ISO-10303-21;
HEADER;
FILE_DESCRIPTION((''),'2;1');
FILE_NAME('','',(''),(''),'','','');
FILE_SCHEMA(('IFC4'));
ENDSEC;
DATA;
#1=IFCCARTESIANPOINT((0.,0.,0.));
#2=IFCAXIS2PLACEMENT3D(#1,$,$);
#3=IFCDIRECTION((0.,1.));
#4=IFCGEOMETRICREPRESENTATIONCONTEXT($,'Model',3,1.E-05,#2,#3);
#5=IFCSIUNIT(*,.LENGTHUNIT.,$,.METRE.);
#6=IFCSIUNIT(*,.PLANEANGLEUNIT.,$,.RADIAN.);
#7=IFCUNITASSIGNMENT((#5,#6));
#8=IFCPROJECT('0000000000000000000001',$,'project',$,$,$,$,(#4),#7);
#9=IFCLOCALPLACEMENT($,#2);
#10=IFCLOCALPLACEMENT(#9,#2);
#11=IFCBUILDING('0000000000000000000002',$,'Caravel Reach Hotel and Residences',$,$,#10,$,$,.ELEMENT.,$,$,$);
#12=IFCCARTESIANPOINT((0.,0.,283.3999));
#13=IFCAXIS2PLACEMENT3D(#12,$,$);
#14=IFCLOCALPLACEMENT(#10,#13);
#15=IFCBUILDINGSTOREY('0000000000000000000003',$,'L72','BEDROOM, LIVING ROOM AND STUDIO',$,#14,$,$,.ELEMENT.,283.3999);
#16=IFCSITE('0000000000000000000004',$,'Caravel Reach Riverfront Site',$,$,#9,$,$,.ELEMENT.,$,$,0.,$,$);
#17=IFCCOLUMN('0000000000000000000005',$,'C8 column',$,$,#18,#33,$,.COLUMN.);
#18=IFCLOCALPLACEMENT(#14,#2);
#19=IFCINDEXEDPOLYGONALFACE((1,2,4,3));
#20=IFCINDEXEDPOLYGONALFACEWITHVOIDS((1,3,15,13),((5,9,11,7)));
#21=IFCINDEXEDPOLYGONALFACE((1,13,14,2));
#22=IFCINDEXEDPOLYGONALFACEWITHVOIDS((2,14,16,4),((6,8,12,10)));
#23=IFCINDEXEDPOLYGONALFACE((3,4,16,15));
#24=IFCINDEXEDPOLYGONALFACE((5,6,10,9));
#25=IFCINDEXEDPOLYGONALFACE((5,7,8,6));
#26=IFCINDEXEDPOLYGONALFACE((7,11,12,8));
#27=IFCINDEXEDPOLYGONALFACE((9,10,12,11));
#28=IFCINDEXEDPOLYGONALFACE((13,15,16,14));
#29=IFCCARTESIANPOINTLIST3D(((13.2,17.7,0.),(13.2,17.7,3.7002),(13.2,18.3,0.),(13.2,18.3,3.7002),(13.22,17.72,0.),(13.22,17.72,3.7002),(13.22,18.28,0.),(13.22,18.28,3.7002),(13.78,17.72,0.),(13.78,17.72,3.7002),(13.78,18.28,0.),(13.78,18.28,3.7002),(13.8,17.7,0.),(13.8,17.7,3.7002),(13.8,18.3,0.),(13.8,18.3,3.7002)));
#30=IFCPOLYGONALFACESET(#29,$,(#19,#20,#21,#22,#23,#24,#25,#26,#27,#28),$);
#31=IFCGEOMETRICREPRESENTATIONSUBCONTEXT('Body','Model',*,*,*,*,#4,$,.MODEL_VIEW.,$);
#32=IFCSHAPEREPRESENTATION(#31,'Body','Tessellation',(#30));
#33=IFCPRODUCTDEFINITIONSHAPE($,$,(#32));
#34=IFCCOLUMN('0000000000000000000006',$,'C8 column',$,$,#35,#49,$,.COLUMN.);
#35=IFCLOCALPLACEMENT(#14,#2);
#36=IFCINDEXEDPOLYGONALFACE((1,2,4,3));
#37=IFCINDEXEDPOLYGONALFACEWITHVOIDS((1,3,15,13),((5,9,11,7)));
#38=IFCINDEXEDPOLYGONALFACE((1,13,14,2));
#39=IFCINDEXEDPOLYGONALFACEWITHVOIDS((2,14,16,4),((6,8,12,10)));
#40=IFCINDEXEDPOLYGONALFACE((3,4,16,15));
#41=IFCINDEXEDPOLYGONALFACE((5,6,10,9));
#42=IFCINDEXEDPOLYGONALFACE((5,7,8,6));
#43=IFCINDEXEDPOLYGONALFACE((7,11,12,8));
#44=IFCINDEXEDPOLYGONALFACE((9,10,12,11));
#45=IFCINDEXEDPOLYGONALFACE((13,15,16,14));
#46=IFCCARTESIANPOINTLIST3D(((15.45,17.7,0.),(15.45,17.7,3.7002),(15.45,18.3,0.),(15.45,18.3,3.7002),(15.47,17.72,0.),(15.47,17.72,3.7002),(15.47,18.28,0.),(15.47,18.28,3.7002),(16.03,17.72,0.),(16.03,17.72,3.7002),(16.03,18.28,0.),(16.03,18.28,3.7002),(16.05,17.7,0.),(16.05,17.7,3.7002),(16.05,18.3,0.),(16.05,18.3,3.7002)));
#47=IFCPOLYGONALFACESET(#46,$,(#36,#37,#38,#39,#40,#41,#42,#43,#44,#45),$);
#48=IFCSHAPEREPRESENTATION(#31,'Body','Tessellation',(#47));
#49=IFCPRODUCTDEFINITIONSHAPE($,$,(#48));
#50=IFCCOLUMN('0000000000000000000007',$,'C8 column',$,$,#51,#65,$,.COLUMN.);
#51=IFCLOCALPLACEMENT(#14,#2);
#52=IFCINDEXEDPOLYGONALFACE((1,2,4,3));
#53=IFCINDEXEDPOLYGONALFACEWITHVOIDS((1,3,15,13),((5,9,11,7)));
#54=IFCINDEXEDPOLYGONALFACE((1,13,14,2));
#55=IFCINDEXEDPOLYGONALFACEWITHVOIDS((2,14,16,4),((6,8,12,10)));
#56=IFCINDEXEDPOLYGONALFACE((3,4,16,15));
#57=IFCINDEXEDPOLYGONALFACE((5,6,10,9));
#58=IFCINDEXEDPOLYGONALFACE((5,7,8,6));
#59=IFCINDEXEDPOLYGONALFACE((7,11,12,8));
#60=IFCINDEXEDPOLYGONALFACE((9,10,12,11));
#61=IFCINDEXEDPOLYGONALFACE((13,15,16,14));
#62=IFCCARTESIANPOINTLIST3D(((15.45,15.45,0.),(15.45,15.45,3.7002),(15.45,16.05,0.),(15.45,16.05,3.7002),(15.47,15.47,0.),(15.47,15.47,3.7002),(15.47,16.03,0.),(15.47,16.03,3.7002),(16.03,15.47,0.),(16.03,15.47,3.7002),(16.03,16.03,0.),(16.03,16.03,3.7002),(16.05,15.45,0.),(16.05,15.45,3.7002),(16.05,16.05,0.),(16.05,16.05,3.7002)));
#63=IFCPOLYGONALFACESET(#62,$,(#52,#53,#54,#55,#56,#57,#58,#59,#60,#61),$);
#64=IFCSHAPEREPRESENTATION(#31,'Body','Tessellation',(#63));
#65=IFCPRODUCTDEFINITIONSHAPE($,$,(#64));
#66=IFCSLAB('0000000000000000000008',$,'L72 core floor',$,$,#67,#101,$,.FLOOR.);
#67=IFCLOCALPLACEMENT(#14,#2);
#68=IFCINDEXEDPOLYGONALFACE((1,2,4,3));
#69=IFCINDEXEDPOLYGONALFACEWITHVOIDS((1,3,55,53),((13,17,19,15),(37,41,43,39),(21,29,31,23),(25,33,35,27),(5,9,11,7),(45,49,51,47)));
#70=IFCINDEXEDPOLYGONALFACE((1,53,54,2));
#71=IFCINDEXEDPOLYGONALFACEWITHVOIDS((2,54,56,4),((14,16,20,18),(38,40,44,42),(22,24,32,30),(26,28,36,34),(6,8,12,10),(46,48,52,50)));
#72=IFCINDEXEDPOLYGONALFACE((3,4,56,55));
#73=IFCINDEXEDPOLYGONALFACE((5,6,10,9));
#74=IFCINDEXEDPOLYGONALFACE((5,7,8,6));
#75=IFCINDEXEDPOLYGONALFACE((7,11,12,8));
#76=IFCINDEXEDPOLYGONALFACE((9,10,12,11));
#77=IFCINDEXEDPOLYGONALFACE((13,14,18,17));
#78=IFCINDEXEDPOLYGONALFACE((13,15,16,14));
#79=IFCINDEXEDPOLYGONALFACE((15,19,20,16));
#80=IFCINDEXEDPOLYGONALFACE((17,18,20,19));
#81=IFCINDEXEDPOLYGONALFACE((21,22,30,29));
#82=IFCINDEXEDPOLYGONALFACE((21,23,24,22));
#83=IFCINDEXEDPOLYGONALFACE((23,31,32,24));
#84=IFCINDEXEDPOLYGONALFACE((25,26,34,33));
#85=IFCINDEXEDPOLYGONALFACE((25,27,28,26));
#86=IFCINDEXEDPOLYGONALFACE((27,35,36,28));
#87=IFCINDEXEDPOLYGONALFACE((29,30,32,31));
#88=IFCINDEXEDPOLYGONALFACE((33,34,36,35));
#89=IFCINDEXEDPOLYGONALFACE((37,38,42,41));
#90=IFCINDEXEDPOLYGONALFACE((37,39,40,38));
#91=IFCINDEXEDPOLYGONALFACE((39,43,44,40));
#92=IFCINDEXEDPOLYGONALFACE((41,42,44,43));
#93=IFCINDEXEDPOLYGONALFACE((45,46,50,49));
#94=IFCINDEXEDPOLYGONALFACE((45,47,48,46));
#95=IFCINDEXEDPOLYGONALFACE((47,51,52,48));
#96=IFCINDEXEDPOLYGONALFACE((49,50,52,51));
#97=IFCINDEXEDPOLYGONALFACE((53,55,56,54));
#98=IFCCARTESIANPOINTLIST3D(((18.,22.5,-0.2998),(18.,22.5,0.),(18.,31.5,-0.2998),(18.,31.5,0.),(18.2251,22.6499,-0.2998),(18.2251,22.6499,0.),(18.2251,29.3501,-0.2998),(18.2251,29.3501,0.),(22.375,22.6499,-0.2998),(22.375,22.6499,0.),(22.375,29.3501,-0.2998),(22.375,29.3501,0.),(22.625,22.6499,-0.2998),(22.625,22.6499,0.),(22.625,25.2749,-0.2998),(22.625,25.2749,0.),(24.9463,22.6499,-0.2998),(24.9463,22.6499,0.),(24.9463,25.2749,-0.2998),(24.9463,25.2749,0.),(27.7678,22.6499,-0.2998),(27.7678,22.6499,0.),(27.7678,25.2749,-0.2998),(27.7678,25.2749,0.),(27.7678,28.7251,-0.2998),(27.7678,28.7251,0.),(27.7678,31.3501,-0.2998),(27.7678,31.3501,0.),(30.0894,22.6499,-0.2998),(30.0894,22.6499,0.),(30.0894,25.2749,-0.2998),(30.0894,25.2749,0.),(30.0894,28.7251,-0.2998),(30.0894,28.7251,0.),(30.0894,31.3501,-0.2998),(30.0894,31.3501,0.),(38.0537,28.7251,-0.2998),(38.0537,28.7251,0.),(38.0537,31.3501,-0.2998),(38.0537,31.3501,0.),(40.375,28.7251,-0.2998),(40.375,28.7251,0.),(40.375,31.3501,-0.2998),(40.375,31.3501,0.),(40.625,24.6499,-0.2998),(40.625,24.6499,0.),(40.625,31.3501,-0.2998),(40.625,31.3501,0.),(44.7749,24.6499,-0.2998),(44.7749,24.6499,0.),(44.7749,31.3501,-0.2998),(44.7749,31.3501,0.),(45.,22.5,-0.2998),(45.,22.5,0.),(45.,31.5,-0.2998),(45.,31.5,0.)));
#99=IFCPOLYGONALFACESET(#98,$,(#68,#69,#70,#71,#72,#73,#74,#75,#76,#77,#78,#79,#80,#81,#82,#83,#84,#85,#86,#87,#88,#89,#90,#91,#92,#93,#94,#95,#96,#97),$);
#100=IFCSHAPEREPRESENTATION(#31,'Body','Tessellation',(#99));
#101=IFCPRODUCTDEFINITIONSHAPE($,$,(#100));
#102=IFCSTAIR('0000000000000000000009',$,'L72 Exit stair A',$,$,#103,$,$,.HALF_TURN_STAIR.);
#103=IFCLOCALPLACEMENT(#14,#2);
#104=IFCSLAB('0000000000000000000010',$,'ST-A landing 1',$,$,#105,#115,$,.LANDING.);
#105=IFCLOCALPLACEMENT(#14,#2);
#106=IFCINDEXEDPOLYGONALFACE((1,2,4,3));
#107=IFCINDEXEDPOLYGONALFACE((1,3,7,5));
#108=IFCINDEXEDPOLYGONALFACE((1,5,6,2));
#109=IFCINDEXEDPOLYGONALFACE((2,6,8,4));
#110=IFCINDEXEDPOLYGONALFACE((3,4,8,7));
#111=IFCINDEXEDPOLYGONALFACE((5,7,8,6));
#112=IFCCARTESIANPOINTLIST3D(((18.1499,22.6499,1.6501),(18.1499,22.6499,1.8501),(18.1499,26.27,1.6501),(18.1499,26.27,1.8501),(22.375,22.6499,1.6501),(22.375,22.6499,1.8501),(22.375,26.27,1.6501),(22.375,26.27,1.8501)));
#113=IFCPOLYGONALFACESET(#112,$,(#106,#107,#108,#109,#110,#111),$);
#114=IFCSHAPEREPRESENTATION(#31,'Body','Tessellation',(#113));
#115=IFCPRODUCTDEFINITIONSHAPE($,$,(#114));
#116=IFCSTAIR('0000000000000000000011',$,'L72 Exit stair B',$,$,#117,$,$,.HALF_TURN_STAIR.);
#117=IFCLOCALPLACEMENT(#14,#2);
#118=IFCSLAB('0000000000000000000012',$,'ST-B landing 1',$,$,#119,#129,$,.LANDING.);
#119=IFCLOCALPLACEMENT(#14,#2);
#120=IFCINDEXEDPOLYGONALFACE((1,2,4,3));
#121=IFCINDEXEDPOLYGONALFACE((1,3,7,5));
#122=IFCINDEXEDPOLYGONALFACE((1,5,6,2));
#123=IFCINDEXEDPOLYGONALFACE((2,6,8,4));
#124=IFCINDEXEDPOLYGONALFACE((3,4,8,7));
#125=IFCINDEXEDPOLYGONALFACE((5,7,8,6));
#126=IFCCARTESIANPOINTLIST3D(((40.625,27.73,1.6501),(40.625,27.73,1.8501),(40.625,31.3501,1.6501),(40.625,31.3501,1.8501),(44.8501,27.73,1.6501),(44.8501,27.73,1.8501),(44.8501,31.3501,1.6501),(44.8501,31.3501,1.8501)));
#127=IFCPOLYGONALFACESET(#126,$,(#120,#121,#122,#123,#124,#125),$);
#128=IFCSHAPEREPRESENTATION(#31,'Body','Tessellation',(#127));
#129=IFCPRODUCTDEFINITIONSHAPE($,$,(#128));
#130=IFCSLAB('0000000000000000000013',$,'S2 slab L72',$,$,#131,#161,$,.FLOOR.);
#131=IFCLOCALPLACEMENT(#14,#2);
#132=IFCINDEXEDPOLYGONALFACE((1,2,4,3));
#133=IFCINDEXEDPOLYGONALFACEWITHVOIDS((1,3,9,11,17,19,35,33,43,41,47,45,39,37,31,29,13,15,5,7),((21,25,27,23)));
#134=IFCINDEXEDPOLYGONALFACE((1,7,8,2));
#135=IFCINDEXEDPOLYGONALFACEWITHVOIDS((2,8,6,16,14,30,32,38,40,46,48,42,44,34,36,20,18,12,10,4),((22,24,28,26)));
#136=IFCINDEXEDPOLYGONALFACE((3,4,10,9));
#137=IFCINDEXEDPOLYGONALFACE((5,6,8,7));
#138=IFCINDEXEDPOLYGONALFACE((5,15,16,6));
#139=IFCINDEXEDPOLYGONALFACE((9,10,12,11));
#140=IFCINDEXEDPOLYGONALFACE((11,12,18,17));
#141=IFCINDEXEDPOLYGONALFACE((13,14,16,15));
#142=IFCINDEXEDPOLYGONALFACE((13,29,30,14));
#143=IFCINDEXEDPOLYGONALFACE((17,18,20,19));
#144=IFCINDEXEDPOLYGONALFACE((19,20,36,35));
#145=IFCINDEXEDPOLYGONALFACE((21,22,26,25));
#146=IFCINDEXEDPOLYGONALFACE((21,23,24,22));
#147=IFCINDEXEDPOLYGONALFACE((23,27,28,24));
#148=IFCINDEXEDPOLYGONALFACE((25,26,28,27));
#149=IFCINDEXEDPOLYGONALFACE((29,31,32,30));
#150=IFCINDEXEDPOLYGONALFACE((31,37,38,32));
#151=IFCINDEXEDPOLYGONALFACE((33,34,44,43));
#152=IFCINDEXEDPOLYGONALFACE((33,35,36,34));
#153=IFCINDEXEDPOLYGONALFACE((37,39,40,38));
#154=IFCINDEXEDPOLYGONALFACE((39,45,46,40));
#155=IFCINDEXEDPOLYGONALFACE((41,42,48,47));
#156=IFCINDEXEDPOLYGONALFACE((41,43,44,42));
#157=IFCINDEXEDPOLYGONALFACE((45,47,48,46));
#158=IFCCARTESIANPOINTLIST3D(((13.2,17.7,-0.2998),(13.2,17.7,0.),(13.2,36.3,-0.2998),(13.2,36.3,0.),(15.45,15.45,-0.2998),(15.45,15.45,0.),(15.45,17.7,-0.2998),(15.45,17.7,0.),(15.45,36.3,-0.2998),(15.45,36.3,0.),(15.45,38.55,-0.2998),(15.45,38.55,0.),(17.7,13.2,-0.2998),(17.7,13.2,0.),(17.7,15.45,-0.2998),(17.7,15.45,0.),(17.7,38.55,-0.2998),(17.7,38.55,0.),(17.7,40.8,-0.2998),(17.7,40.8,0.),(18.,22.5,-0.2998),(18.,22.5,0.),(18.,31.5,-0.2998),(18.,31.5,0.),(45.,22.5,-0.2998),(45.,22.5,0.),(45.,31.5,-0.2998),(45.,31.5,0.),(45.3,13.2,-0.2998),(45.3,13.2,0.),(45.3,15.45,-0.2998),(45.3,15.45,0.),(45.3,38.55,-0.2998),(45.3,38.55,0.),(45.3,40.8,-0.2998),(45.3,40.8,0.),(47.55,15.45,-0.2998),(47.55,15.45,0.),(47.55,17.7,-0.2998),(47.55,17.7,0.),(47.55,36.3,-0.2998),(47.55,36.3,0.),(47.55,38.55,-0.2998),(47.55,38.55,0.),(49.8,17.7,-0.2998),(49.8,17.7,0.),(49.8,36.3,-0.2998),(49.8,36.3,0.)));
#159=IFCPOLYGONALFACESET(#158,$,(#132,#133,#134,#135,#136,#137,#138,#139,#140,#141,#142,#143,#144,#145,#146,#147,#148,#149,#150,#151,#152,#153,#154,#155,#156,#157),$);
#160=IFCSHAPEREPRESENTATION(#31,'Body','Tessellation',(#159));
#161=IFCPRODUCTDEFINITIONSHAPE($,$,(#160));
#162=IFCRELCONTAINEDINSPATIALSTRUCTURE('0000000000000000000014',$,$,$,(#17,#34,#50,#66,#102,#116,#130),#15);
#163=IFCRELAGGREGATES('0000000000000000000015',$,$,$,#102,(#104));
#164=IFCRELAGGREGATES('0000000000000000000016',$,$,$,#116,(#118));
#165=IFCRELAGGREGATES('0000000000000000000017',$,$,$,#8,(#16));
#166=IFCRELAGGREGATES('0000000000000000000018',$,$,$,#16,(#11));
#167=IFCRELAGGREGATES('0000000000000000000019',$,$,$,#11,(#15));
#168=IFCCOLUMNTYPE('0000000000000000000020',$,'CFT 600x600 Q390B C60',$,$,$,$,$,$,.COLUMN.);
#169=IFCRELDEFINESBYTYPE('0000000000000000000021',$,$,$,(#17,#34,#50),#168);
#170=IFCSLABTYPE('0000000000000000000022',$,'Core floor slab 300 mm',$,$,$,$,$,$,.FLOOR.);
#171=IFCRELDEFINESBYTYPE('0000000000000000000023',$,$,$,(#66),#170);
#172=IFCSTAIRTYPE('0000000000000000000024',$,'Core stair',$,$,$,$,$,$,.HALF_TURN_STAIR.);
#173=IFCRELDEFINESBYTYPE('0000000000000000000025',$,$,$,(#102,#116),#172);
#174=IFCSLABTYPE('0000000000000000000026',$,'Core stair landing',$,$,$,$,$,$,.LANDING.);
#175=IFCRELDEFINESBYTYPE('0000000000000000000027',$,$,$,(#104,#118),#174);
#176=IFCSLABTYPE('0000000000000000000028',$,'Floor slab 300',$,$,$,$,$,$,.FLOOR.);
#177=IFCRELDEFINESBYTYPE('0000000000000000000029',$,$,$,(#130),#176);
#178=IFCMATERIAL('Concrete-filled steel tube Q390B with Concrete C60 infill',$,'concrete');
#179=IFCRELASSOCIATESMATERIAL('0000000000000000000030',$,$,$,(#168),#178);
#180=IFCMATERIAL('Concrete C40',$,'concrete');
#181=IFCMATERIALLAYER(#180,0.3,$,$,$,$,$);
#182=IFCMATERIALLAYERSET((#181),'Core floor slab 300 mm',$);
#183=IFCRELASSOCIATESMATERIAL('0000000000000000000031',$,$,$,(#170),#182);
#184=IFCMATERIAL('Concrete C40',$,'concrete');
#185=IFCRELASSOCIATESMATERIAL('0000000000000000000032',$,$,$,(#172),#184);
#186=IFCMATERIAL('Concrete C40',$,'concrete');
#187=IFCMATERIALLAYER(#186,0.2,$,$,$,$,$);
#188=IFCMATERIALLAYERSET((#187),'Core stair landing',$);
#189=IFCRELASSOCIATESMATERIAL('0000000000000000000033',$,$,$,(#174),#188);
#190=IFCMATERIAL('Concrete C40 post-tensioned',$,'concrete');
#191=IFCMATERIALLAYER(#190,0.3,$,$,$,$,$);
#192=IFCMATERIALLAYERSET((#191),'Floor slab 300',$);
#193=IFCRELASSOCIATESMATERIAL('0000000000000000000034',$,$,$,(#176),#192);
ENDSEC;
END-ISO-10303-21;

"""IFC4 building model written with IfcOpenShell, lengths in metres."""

from ifc_helpers import new_model, si_unit, direction, frame, origin, origin_2d, place, context, subcontext, project, spatial, polyline, hollow_rectangle, outline, extrude, material, layer, layer_set, material_profile, profile_set, type_object, element, aggregate, save


model = new_model("IFC4")

# Units and contexts
model_context = context("Model", 3, precision=1e-05, world=origin(), true_north=direction((0.0, 1.0)))
body_context = subcontext(model_context, "Body", "Model", "MODEL_VIEW")
ifc_project = project(units=[si_unit("LENGTHUNIT", "METRE"), si_unit("PLANEANGLEUNIT", "RADIAN")], contexts=[model_context])

# Site, building, storey
site_placement = place(None, origin())
site = spatial("IfcSite", under=ifc_project, at=site_placement, Name="Caravel Reach Riverfront Site", CompositionType="ELEMENT", RefElevation=0.0)
building_placement = place(site_placement, origin())
building = spatial("IfcBuilding", under=site, at=building_placement, Name="Caravel Reach Hotel and Residences", CompositionType="ELEMENT")
storey_placement = place(building_placement, frame((0.0, 0.0, 283.3999)))
storey = spatial("IfcBuildingStorey", under=building, at=storey_placement, Name="L72", Description="BEDROOM, LIVING ROOM AND STUDIO", CompositionType="ELEMENT", Elevation=283.3999)

# Columns
ifc_material_1 = material(Name="Concrete-filled steel tube Q390B with Concrete C60 infill", Category="concrete")
ifc_material_profile = material_profile(ifc_material_1, hollow_rectangle(XDim=0.6001, YDim=0.6001, WallThickness=0.02, at=origin_2d()), Name="RHS 600x600x20")
ifc_profile_set = profile_set([ifc_material_profile], Name="Concrete-filled steel tube Q390B with Concrete C60 infill")
column_type = type_object("IfcColumnType", Name="CFT 600x600 Q390B C60", PredefinedType="COLUMN", material=ifc_profile_set)
for number, where, z_axis, x_axis, name in (
    (1, (13.5, 18.0, 0.0), (0.0, 0.0, 1.0), (1.0, 0.0, 0.0), "C8 column"),
    (2, (15.75, 18.0, 0.0), (0.0, 0.0, 1.0), (1.0, 0.0, 0.0), "C8 column"),
    (3, (15.75, 15.75, 0.0), (0.0, 0.0, 1.0), (1.0, 0.0, 0.0), "C8 column"),
):
    element("IfcColumn", number, at=place(storey_placement, frame(where, z_axis=z_axis, x_axis=x_axis)), inside=storey, type_object=column_type, Name=name, PredefinedType="COLUMN", context=body_context, shape_type="SweptSolid", body=[
        extrude(hollow_rectangle(XDim=0.6001, YDim=0.6001, WallThickness=0.02, at=origin_2d()), origin(), (0.0, 0.0, 1.0), 3.7002),
    ])

# Slab
ifc_material_2 = material(Name="Concrete C40", Category="concrete")
ifc_layer_1 = layer(ifc_material_2, 0.3)
ifc_layer_set_1 = layer_set([ifc_layer_1], Name="Core floor slab 300 mm")
slab_type_1 = type_object("IfcSlabType", Name="Core floor slab 300 mm", PredefinedType="FLOOR", material=ifc_layer_set_1)
slab_1_placement = place(storey_placement, frame((0.0, 0.0, -0.2998)))
element("IfcSlab", 4, at=slab_1_placement, inside=storey, type_object=slab_type_1, Name="L72 core floor", PredefinedType="FLOOR", context=body_context, shape_type="SweptSolid", body=[
    extrude(outline(polyline([(18.0, 31.5), (45.0, 31.5), (45.0, 22.5), (18.0, 22.5), (18.0, 31.5)]), holes=[polyline([(22.625, 22.6499), (24.9463, 22.6499), (24.9463, 25.2749), (22.625, 25.2749), (22.625, 22.6499)]), polyline([(27.7678, 25.2749), (27.7678, 22.6499), (30.0894, 22.6499), (30.0894, 25.2749), (27.7678, 25.2749)]), polyline([(22.375, 22.6499), (22.375, 29.3501), (18.2251, 29.3501), (18.2251, 22.6499), (22.375, 22.6499)]), polyline([(40.625, 24.6499), (44.7749, 24.6499), (44.7749, 31.3501), (40.625, 31.3501), (40.625, 24.6499)]), polyline([(27.7678, 31.3501), (27.7678, 28.7251), (30.0894, 28.7251), (30.0894, 31.3501), (27.7678, 31.3501)]), polyline([(38.0537, 31.3501), (38.0537, 28.7251), (40.375, 28.7251), (40.375, 31.3501), (38.0537, 31.3501)])]), origin(), (0.0, 0.0, 1.0), 0.2998),
])

# Stairs, slabs
ifc_material_3 = material(Name="Concrete C40", Category="concrete")
stair_type = type_object("IfcStairType", Name="Core stair", PredefinedType="HALF_TURN_STAIR", material=ifc_material_3)
stair_1_placement = place(storey_placement, origin())
stair_1 = element("IfcStair", 5, at=stair_1_placement, inside=storey, type_object=stair_type, Name="L72 Exit stair A", PredefinedType="HALF_TURN_STAIR")
ifc_material_4 = material(Name="Concrete C40", Category="concrete")
ifc_layer_2 = layer(ifc_material_4, 0.2)
ifc_layer_set_2 = layer_set([ifc_layer_2], Name="Core stair landing")
slab_type_2 = type_object("IfcSlabType", Name="Core stair landing", PredefinedType="LANDING", material=ifc_layer_set_2)
slab_2_placement = place(storey_placement, frame((0.0, 0.0, 1.6501)))
slab_2 = element("IfcSlab", 6, at=slab_2_placement, type_object=slab_type_2, Name="ST-A landing 1", PredefinedType="LANDING", context=body_context, shape_type="SweptSolid", body=[
    extrude(outline(polyline([(18.1499, 26.27), (18.1499, 22.6499), (22.375, 22.6499), (22.375, 26.27), (18.1499, 26.27)])), origin(), (0.0, 0.0, 1.0), 0.2),
])
aggregate(stair_1, [slab_2])
stair_2_placement = place(storey_placement, origin())
stair_2 = element("IfcStair", 7, at=stair_2_placement, inside=storey, type_object=stair_type, Name="L72 Exit stair B", PredefinedType="HALF_TURN_STAIR")
slab_3_placement = place(storey_placement, frame((0.0, 0.0, 1.6501)))
slab_3 = element("IfcSlab", 8, at=slab_3_placement, type_object=slab_type_2, Name="ST-B landing 1", PredefinedType="LANDING", context=body_context, shape_type="SweptSolid", body=[
    extrude(outline(polyline([(44.8501, 27.73), (44.8501, 31.3501), (40.625, 31.3501), (40.625, 27.73), (44.8501, 27.73)])), origin(), (0.0, 0.0, 1.0), 0.2),
])
aggregate(stair_2, [slab_3])

# Slab
ifc_material_5 = material(Name="Concrete C40 post-tensioned", Category="concrete")
ifc_layer_3 = layer(ifc_material_5, 0.3)
ifc_layer_set_3 = layer_set([ifc_layer_3], Name="Floor slab 300")
slab_type_3 = type_object("IfcSlabType", Name="Floor slab 300", PredefinedType="FLOOR", material=ifc_layer_set_3)
slab_4_placement = place(storey_placement, frame((0.0, 0.0, -0.2998)))
element("IfcSlab", 9, at=slab_4_placement, inside=storey, type_object=slab_type_3, Name="S2 slab L72", PredefinedType="FLOOR", context=body_context, shape_type="SweptSolid", body=[
    extrude(outline(polyline([(17.7, 15.45), (15.45, 15.45), (15.45, 17.7), (13.2, 17.7), (13.2, 36.3), (15.45, 36.3), (15.45, 38.55), (17.7, 38.55), (17.7, 40.8), (45.3, 40.8), (45.3, 38.55), (47.55, 38.55), (47.55, 36.3), (49.8, 36.3), (49.8, 17.7), (47.55, 17.7), (47.55, 15.45), (45.3, 15.45), (45.3, 13.2), (17.7, 13.2), (17.7, 15.45)]), holes=[polyline([(45.0, 31.5), (18.0, 31.5), (18.0, 22.5), (45.0, 22.5), (45.0, 31.5)])]), origin(), (0.0, 0.0, 1.0), 0.2998),
])

save(model, "model.ifc")
